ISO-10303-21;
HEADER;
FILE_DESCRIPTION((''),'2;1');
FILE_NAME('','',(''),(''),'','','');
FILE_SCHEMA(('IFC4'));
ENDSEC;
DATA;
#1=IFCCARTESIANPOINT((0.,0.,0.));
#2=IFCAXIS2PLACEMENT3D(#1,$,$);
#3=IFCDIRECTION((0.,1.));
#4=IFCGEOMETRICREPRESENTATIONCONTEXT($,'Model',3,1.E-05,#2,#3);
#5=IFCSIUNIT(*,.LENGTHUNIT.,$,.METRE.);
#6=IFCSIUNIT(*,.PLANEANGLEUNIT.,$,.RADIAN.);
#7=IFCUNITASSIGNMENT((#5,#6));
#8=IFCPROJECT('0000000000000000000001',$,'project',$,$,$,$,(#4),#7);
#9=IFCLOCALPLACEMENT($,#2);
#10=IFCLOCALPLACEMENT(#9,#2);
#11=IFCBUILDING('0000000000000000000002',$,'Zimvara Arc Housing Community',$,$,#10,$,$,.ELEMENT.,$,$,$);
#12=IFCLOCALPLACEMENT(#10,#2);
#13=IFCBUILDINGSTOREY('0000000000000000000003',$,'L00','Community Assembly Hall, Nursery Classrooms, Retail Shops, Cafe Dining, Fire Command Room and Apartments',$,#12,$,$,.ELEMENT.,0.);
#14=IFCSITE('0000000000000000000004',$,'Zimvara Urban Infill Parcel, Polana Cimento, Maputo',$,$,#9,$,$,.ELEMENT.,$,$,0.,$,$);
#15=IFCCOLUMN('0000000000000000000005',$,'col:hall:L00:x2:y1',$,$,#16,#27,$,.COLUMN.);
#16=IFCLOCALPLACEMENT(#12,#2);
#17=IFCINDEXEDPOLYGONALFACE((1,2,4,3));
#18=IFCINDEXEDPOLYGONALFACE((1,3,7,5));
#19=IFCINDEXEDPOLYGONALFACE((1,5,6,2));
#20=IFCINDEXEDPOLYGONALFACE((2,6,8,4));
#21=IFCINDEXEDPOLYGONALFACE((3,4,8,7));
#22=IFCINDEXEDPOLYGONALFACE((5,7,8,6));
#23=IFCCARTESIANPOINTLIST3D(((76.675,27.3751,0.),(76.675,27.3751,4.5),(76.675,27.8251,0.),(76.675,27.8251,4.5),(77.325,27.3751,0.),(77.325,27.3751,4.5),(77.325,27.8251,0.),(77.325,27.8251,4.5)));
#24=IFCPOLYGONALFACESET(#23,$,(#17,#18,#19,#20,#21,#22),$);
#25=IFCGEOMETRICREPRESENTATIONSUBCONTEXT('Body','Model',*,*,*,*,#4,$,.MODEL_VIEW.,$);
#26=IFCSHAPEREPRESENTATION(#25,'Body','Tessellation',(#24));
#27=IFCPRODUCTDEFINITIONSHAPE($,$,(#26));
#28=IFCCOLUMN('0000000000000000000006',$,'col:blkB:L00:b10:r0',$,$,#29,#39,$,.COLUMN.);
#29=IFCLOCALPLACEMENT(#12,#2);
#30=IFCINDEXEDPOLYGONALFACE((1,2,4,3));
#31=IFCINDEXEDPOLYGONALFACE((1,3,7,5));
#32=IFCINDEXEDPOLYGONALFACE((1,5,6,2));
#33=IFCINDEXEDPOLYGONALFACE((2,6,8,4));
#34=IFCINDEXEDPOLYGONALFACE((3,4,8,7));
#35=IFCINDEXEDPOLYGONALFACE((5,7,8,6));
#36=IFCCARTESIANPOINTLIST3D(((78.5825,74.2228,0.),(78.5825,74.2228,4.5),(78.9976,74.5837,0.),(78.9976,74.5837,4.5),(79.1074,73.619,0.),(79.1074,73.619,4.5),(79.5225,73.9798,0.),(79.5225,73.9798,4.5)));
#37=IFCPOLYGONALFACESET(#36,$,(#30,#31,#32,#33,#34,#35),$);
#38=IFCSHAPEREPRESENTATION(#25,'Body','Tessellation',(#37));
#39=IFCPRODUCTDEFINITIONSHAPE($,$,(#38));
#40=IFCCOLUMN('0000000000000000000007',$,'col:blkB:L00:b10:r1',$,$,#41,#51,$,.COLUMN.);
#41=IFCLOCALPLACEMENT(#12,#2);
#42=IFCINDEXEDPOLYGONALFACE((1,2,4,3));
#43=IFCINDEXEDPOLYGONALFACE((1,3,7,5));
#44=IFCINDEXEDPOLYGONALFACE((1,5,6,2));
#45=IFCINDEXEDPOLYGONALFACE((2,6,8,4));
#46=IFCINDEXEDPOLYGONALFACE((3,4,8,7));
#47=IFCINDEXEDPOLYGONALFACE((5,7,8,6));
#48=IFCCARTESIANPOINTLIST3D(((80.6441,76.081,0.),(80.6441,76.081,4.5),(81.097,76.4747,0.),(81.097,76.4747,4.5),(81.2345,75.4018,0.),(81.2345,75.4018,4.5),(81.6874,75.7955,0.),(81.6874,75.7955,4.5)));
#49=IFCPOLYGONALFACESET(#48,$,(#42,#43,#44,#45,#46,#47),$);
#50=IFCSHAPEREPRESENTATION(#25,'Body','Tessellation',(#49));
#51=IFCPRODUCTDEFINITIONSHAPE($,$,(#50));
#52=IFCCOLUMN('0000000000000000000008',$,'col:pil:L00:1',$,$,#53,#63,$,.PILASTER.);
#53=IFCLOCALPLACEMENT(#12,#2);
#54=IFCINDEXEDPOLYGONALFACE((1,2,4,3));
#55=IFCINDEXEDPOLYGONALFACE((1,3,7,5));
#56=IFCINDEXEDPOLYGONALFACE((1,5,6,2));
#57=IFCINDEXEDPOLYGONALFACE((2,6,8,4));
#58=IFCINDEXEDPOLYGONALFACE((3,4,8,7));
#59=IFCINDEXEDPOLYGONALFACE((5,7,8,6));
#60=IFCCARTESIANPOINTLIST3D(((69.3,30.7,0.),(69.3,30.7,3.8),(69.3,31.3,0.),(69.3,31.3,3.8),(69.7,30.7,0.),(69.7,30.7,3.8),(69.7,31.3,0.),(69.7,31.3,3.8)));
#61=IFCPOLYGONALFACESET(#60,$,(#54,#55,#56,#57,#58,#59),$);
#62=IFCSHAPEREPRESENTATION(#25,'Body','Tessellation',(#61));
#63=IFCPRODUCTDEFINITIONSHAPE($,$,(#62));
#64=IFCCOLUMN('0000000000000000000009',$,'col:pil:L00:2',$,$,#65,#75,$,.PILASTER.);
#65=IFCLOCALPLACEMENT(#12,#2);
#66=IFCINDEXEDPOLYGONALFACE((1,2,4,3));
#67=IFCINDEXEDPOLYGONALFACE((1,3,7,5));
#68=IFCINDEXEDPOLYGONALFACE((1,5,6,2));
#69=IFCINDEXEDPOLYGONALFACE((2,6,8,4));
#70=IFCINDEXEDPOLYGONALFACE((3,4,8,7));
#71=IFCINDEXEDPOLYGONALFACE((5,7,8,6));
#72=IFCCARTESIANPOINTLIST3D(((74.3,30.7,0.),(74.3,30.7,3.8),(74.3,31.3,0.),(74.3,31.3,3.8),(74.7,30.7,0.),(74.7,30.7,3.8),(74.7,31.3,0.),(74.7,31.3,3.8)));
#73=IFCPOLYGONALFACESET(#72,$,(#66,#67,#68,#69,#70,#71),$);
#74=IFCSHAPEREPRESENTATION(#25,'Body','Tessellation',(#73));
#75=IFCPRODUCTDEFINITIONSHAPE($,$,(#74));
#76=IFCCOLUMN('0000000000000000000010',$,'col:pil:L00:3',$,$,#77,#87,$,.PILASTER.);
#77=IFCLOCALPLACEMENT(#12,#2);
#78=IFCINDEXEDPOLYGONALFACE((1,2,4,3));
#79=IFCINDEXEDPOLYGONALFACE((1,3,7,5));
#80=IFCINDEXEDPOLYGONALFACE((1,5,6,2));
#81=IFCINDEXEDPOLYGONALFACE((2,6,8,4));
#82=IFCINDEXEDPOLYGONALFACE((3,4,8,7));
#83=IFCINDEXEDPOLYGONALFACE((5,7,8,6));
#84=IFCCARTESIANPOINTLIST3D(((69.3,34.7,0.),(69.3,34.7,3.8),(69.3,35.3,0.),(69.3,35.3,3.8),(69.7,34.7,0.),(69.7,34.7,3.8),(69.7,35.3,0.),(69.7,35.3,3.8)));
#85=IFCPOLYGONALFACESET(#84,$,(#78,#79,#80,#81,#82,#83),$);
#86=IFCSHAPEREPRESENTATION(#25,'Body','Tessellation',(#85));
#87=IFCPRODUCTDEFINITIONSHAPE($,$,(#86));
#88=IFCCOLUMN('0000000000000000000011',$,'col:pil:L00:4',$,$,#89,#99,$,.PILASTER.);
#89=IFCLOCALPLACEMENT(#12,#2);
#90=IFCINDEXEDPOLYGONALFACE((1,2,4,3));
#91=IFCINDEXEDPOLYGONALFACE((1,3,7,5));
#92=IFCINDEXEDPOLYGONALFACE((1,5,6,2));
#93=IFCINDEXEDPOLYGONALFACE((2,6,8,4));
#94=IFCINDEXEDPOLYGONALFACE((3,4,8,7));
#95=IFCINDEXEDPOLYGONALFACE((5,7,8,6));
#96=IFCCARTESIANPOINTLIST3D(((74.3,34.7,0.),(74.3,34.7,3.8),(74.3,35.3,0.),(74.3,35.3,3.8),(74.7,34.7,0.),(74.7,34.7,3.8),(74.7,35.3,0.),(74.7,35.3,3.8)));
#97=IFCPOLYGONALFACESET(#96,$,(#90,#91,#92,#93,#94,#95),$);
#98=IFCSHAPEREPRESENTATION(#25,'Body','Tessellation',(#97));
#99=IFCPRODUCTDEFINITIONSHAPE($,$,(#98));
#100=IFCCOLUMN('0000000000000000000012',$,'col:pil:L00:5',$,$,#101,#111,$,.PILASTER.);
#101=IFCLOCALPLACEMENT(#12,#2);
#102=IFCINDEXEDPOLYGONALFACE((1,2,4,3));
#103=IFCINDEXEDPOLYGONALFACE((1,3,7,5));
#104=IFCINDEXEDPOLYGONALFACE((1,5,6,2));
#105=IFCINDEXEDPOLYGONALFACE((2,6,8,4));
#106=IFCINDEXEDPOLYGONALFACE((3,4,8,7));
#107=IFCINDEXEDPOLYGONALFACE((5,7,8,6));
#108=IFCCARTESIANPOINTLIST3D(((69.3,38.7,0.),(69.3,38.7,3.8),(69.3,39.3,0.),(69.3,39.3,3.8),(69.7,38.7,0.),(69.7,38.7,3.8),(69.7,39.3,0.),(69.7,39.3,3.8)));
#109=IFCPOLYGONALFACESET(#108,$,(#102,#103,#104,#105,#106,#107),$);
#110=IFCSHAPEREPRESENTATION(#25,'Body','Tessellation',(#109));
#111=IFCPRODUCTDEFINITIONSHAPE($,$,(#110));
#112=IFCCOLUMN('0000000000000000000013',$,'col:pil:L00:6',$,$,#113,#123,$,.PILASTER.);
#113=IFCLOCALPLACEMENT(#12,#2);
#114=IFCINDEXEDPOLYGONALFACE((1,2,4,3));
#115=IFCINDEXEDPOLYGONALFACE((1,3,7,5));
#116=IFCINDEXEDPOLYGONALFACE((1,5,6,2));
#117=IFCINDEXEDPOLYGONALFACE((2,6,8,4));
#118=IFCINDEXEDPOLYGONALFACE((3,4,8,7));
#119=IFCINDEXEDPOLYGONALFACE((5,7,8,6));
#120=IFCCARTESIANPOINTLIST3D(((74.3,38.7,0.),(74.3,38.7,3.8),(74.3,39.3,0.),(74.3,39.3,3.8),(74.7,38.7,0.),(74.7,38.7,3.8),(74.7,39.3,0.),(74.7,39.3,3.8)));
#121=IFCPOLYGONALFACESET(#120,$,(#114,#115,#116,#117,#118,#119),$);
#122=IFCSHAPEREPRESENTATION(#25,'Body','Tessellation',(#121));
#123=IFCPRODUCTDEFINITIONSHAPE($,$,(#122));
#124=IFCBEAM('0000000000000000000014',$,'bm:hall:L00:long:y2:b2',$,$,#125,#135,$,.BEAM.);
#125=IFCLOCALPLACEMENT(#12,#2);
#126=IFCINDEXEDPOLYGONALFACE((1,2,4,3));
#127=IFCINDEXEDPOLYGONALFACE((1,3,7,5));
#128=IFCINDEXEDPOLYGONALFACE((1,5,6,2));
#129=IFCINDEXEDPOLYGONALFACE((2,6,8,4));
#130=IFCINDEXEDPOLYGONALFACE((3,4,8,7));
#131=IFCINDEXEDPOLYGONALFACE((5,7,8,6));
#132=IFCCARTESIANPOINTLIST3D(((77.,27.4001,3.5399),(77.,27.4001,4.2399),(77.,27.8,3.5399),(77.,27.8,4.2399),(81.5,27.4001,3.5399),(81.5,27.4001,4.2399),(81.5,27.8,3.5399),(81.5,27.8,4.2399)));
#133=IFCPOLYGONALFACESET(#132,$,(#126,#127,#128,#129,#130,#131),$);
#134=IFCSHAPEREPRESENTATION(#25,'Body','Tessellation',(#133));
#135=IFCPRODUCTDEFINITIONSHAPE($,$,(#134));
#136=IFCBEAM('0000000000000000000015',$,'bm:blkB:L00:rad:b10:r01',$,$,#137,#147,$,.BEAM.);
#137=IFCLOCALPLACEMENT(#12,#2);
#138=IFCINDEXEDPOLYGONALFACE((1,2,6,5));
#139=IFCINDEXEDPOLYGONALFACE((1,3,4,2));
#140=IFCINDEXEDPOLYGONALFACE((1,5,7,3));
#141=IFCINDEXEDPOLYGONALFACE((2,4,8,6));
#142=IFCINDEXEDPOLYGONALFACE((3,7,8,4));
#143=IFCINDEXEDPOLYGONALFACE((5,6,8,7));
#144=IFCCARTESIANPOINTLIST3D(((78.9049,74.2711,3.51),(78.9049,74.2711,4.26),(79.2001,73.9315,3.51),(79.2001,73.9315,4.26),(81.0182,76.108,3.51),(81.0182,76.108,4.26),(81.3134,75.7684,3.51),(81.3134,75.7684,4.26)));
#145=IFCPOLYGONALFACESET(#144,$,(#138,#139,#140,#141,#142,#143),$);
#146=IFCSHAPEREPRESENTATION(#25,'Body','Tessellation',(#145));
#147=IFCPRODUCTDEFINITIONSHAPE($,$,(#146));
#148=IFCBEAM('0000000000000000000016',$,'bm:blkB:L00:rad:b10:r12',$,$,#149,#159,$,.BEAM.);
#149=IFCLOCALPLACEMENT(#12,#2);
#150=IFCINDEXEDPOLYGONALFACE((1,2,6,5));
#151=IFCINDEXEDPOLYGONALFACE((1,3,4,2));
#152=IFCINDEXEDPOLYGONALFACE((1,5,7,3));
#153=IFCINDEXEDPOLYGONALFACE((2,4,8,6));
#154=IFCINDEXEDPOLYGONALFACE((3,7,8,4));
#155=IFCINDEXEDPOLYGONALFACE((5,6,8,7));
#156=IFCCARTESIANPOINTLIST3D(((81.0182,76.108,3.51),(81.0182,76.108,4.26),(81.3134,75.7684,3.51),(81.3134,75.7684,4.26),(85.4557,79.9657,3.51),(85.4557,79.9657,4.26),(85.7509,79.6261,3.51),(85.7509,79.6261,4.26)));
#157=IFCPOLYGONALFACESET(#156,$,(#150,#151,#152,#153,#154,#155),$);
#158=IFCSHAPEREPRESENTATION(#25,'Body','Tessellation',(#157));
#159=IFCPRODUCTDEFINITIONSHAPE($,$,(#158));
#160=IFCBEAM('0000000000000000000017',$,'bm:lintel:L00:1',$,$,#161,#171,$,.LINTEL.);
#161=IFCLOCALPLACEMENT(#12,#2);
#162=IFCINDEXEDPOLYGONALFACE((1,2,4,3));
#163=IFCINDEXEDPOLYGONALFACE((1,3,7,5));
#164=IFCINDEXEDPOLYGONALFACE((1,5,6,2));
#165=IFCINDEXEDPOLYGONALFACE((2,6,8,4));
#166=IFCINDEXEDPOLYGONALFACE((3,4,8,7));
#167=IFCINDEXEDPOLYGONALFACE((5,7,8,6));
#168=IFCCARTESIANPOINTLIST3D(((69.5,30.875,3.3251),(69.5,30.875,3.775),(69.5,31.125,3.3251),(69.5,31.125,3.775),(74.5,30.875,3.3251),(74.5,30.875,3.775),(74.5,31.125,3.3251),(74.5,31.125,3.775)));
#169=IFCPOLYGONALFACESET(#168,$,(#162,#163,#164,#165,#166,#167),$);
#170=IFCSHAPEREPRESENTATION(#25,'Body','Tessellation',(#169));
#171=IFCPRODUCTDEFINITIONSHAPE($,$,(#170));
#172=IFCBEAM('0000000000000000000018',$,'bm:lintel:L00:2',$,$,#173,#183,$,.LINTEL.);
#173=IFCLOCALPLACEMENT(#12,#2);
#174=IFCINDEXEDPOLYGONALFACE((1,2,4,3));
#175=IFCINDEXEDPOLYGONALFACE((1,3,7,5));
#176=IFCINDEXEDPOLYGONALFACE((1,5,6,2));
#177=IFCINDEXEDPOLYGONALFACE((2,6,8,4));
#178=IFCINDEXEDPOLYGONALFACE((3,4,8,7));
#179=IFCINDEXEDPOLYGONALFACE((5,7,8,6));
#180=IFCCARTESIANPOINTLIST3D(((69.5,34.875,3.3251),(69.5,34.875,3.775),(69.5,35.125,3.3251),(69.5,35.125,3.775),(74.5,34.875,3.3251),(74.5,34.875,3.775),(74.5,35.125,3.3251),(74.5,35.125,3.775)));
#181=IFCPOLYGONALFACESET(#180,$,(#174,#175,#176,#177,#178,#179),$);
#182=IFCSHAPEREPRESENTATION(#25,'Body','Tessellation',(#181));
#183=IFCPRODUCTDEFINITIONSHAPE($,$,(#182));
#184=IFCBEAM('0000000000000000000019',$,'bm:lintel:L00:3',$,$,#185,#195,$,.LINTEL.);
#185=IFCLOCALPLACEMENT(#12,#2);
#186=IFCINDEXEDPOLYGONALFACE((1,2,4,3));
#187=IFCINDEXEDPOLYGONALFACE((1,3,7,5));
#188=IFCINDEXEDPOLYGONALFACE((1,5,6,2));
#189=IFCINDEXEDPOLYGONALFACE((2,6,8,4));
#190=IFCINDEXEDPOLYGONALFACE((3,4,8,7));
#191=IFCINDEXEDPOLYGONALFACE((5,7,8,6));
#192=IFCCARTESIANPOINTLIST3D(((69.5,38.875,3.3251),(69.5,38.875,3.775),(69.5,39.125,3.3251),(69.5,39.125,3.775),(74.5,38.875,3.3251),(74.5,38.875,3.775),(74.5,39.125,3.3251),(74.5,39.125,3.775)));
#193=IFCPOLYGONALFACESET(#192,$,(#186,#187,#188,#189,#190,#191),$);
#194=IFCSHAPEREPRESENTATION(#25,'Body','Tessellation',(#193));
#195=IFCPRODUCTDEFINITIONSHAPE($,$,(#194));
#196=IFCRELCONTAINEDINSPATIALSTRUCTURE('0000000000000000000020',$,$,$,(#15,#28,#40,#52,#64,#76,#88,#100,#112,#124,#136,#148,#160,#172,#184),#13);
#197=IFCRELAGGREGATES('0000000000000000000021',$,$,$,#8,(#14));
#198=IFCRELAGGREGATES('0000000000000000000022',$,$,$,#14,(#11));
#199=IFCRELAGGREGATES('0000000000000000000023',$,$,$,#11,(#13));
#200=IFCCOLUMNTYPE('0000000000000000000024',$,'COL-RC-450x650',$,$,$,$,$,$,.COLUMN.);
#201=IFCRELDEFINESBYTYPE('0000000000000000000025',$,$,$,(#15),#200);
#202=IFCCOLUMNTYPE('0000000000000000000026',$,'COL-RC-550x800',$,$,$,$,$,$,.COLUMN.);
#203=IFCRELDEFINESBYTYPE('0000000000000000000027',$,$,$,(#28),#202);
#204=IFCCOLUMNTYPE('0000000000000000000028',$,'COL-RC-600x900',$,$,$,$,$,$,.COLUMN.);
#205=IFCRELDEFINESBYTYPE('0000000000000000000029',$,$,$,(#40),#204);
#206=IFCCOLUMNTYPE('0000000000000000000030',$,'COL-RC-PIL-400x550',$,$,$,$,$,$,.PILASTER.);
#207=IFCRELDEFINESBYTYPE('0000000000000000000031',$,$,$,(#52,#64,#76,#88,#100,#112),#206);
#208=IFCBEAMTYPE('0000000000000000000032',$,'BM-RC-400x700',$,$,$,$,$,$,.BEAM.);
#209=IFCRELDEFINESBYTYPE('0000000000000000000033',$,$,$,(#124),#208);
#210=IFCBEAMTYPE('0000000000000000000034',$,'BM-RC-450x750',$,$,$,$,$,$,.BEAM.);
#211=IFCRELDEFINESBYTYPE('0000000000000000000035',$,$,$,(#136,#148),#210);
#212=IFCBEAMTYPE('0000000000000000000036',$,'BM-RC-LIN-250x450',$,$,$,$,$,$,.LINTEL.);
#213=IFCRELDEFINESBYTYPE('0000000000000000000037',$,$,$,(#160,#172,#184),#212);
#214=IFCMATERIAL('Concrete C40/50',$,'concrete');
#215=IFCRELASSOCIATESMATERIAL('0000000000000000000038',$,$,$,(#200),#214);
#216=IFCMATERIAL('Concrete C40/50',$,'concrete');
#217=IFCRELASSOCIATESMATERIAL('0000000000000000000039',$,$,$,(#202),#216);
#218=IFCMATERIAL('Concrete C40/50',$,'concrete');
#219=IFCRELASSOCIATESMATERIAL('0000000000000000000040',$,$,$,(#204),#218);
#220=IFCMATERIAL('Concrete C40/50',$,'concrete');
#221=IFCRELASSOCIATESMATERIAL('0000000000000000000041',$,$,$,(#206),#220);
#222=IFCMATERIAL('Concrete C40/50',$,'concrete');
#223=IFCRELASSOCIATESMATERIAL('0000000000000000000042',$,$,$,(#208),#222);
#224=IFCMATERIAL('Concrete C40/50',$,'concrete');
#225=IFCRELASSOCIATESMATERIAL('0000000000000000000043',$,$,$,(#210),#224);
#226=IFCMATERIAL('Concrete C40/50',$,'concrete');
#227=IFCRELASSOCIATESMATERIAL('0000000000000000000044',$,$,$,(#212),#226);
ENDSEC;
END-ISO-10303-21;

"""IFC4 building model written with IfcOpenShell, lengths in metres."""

from ifc_helpers import new_model, si_unit, direction, frame, origin, origin_2d, place, context, subcontext, project, spatial, rectangle, extrude, material, material_profile, profile_set, type_object, element, save


model = new_model("IFC4")

# Units and contexts
model_context = context("Model", 3, precision=1e-05, world=origin(), true_north=direction((0.0, 1.0)))
body_context = subcontext(model_context, "Body", "Model", "MODEL_VIEW")
ifc_project = project(units=[si_unit("LENGTHUNIT", "METRE"), si_unit("PLANEANGLEUNIT", "RADIAN")], contexts=[model_context])

# Site, building, storey
site_placement = place(None, origin())
site = spatial("IfcSite", under=ifc_project, at=site_placement, Name="Zimvara Urban Infill Parcel, Polana Cimento, Maputo", CompositionType="ELEMENT", RefElevation=0.0)
building_placement = place(site_placement, origin())
building = spatial("IfcBuilding", under=site, at=building_placement, Name="Zimvara Arc Housing Community", CompositionType="ELEMENT")
storey_placement = place(building_placement, origin())
storey = spatial("IfcBuildingStorey", under=building, at=storey_placement, Name="L00", Description="Community Assembly Hall, Nursery Classrooms, Retail Shops, Cafe Dining, Fire Command Room and Apartments", CompositionType="ELEMENT", Elevation=0.0)

# Columns
ifc_material_1 = material(Name="Concrete C40/50", Category="concrete")
ifc_material_profile_1 = material_profile(ifc_material_1, rectangle(XDim=0.45, YDim=0.6499, at=origin_2d()), Name="RC 450x650")
ifc_profile_set_1 = profile_set([ifc_material_profile_1], Name="Concrete C40/50")
column_type_1 = type_object("IfcColumnType", Name="COL-RC-450x650", PredefinedType="COLUMN", material=ifc_profile_set_1)
column_1_placement = place(storey_placement, frame((77.0, 27.6001, 0.0), z_axis=(0.0, 0.0, 1.0), x_axis=(0.0, 1.0, 0.0)))
element("IfcColumn", 1, at=column_1_placement, inside=storey, type_object=column_type_1, Name="col:hall:L00:x2:y1", PredefinedType="COLUMN", context=body_context, shape_type="SweptSolid", body=[
    extrude(rectangle(XDim=0.45, YDim=0.6499, at=origin_2d()), origin(), (0.0, 0.0, 1.0), 4.5),
])
ifc_material_2 = material(Name="Concrete C40/50", Category="concrete")
ifc_material_profile_2 = material_profile(ifc_material_2, rectangle(XDim=0.55, YDim=0.8, at=origin_2d()), Name="RC 550x800")
ifc_profile_set_2 = profile_set([ifc_material_profile_2], Name="Concrete C40/50")
column_type_2 = type_object("IfcColumnType", Name="COL-RC-550x800", PredefinedType="COLUMN", material=ifc_profile_set_2)
column_2_placement = place(storey_placement, frame((79.0525, 74.1013, 0.0), z_axis=(0.0, 0.0, 1.0), x_axis=(0.75471, 0.656059, 0.0)))
element("IfcColumn", 2, at=column_2_placement, inside=storey, type_object=column_type_2, Name="col:blkB:L00:b10:r0", PredefinedType="COLUMN", context=body_context, shape_type="SweptSolid", body=[
    extrude(rectangle(XDim=0.55, YDim=0.8, at=origin_2d()), origin(), (0.0, 0.0, 1.0), 4.5),
])
ifc_material_3 = material(Name="Concrete C40/50", Category="concrete")
ifc_material_profile_3 = material_profile(ifc_material_3, rectangle(XDim=0.6001, YDim=0.8999, at=origin_2d()), Name="RC 600x900")
ifc_profile_set_3 = profile_set([ifc_material_profile_3], Name="Concrete C40/50")
column_type_3 = type_object("IfcColumnType", Name="COL-RC-600x900", PredefinedType="COLUMN", material=ifc_profile_set_3)
column_3_placement = place(storey_placement, frame((81.1658, 75.9382, 0.0), z_axis=(0.0, 0.0, 1.0), x_axis=(0.75471, 0.656059, 0.0)))
element("IfcColumn", 3, at=column_3_placement, inside=storey, type_object=column_type_3, Name="col:blkB:L00:b10:r1", PredefinedType="COLUMN", context=body_context, shape_type="SweptSolid", body=[
    extrude(rectangle(XDim=0.6001, YDim=0.8999, at=origin_2d()), origin(), (0.0, 0.0, 1.0), 4.5),
])
ifc_material_4 = material(Name="Concrete C40/50", Category="concrete")
ifc_material_profile_4 = material_profile(ifc_material_4, rectangle(XDim=0.3999, YDim=0.6001, at=origin_2d()), Name="RC 400x600")
ifc_profile_set_4 = profile_set([ifc_material_profile_4], Name="Concrete C40/50")
column_type_4 = type_object("IfcColumnType", Name="COL-RC-PIL-400x550", PredefinedType="PILASTER", material=ifc_profile_set_4)
for number, where, z_axis, x_axis, name in (
    (4, (69.5, 31.0, 0.0), (0.0, 0.0, 1.0), (1.0, 0.0, 0.0), "col:pil:L00:1"),
    (5, (74.5, 31.0, 0.0), (0.0, 0.0, 1.0), (1.0, 0.0, 0.0), "col:pil:L00:2"),
    (6, (69.5, 35.0, 0.0), (0.0, 0.0, 1.0), (1.0, 0.0, 0.0), "col:pil:L00:3"),
    (7, (74.5, 35.0, 0.0), (0.0, 0.0, 1.0), (1.0, 0.0, 0.0), "col:pil:L00:4"),
    (8, (69.5, 39.0, 0.0), (0.0, 0.0, 1.0), (1.0, 0.0, 0.0), "col:pil:L00:5"),
    (9, (74.5, 39.0, 0.0), (0.0, 0.0, 1.0), (1.0, 0.0, 0.0), "col:pil:L00:6"),
):
    element("IfcColumn", number, at=place(storey_placement, frame(where, z_axis=z_axis, x_axis=x_axis)), inside=storey, type_object=column_type_4, Name=name, PredefinedType="PILASTER", context=body_context, shape_type="SweptSolid", body=[
        extrude(rectangle(XDim=0.3999, YDim=0.6001, at=origin_2d()), origin(), (0.0, 0.0, 1.0), 3.8),
    ])

# Beams
ifc_material_5 = material(Name="Concrete C40/50", Category="concrete")
ifc_material_profile_5 = material_profile(ifc_material_5, rectangle(XDim=0.3999, YDim=0.7, at=origin_2d()), Name="RC 400x700")
ifc_profile_set_5 = profile_set([ifc_material_profile_5], Name="Concrete C40/50")
beam_type_1 = type_object("IfcBeamType", Name="BM-RC-400x700", PredefinedType="BEAM", material=ifc_profile_set_5)
beam_1_placement = place(storey_placement, frame((77.0, 27.6001, 3.8899), z_axis=(1.0, 0.0, 0.0), x_axis=(0.0, 1.0, 0.0)))
element("IfcBeam", 10, at=beam_1_placement, inside=storey, type_object=beam_type_1, Name="bm:hall:L00:long:y2:b2", PredefinedType="BEAM", context=body_context, shape_type="SweptSolid", body=[
    extrude(rectangle(XDim=0.3999, YDim=0.7, at=origin_2d()), origin(), (0.0, 0.0, 1.0), 4.5),
])
ifc_material_6 = material(Name="Concrete C40/50", Category="concrete")
ifc_material_profile_6 = material_profile(ifc_material_6, rectangle(XDim=0.45, YDim=0.75, at=origin_2d()), Name="RC 450x750")
ifc_profile_set_6 = profile_set([ifc_material_profile_6], Name="Concrete C40/50")
beam_type_2 = type_object("IfcBeamType", Name="BM-RC-450x750", PredefinedType="BEAM", material=ifc_profile_set_6)
beam_2_placement = place(storey_placement, frame((79.0525, 74.1013, 3.885), z_axis=(0.754733, 0.656032, 0.0), x_axis=(-0.656032, 0.754733, 0.0)))
element("IfcBeam", 11, at=beam_2_placement, inside=storey, type_object=beam_type_2, Name="bm:blkB:L00:rad:b10:r01", PredefinedType="BEAM", context=body_context, shape_type="SweptSolid", body=[
    extrude(rectangle(XDim=0.45, YDim=0.75, at=origin_2d()), origin(), (0.0, 0.0, 1.0), 2.8),
])
beam_3_placement = place(storey_placement, frame((81.1658, 75.9382, 3.885), z_axis=(0.754692, 0.656079, 0.0), x_axis=(-0.656079, 0.754692, 0.0)))
element("IfcBeam", 12, at=beam_3_placement, inside=storey, type_object=beam_type_2, Name="bm:blkB:L00:rad:b10:r12", PredefinedType="BEAM", context=body_context, shape_type="SweptSolid", body=[
    extrude(rectangle(XDim=0.45, YDim=0.75, at=origin_2d()), origin(), (0.0, 0.0, 1.0), 5.8799),
])
ifc_material_7 = material(Name="Concrete C40/50", Category="concrete")
ifc_material_profile_7 = material_profile(ifc_material_7, rectangle(XDim=0.25, YDim=0.45, at=origin_2d()), Name="RC 250x450")
ifc_profile_set_7 = profile_set([ifc_material_profile_7], Name="Concrete C40/50")
beam_type_3 = type_object("IfcBeamType", Name="BM-RC-LIN-250x450", PredefinedType="LINTEL", material=ifc_profile_set_7)
for number, where, z_axis, x_axis, name in (
    (13, (69.5, 31.0, 3.55), (1.0, 0.0, 0.0), (0.0, 1.0, 0.0), "bm:lintel:L00:1"),
    (14, (69.5, 35.0, 3.55), (1.0, 0.0, 0.0), (0.0, 1.0, 0.0), "bm:lintel:L00:2"),
    (15, (69.5, 39.0, 3.55), (1.0, 0.0, 0.0), (0.0, 1.0, 0.0), "bm:lintel:L00:3"),
):
    element("IfcBeam", number, at=place(storey_placement, frame(where, z_axis=z_axis, x_axis=x_axis)), inside=storey, type_object=beam_type_3, Name=name, PredefinedType="LINTEL", context=body_context, shape_type="SweptSolid", body=[
        extrude(rectangle(XDim=0.25, YDim=0.45, at=origin_2d()), origin(), (0.0, 0.0, 1.0), 5.0),
    ])

save(model, "model.ifc")
